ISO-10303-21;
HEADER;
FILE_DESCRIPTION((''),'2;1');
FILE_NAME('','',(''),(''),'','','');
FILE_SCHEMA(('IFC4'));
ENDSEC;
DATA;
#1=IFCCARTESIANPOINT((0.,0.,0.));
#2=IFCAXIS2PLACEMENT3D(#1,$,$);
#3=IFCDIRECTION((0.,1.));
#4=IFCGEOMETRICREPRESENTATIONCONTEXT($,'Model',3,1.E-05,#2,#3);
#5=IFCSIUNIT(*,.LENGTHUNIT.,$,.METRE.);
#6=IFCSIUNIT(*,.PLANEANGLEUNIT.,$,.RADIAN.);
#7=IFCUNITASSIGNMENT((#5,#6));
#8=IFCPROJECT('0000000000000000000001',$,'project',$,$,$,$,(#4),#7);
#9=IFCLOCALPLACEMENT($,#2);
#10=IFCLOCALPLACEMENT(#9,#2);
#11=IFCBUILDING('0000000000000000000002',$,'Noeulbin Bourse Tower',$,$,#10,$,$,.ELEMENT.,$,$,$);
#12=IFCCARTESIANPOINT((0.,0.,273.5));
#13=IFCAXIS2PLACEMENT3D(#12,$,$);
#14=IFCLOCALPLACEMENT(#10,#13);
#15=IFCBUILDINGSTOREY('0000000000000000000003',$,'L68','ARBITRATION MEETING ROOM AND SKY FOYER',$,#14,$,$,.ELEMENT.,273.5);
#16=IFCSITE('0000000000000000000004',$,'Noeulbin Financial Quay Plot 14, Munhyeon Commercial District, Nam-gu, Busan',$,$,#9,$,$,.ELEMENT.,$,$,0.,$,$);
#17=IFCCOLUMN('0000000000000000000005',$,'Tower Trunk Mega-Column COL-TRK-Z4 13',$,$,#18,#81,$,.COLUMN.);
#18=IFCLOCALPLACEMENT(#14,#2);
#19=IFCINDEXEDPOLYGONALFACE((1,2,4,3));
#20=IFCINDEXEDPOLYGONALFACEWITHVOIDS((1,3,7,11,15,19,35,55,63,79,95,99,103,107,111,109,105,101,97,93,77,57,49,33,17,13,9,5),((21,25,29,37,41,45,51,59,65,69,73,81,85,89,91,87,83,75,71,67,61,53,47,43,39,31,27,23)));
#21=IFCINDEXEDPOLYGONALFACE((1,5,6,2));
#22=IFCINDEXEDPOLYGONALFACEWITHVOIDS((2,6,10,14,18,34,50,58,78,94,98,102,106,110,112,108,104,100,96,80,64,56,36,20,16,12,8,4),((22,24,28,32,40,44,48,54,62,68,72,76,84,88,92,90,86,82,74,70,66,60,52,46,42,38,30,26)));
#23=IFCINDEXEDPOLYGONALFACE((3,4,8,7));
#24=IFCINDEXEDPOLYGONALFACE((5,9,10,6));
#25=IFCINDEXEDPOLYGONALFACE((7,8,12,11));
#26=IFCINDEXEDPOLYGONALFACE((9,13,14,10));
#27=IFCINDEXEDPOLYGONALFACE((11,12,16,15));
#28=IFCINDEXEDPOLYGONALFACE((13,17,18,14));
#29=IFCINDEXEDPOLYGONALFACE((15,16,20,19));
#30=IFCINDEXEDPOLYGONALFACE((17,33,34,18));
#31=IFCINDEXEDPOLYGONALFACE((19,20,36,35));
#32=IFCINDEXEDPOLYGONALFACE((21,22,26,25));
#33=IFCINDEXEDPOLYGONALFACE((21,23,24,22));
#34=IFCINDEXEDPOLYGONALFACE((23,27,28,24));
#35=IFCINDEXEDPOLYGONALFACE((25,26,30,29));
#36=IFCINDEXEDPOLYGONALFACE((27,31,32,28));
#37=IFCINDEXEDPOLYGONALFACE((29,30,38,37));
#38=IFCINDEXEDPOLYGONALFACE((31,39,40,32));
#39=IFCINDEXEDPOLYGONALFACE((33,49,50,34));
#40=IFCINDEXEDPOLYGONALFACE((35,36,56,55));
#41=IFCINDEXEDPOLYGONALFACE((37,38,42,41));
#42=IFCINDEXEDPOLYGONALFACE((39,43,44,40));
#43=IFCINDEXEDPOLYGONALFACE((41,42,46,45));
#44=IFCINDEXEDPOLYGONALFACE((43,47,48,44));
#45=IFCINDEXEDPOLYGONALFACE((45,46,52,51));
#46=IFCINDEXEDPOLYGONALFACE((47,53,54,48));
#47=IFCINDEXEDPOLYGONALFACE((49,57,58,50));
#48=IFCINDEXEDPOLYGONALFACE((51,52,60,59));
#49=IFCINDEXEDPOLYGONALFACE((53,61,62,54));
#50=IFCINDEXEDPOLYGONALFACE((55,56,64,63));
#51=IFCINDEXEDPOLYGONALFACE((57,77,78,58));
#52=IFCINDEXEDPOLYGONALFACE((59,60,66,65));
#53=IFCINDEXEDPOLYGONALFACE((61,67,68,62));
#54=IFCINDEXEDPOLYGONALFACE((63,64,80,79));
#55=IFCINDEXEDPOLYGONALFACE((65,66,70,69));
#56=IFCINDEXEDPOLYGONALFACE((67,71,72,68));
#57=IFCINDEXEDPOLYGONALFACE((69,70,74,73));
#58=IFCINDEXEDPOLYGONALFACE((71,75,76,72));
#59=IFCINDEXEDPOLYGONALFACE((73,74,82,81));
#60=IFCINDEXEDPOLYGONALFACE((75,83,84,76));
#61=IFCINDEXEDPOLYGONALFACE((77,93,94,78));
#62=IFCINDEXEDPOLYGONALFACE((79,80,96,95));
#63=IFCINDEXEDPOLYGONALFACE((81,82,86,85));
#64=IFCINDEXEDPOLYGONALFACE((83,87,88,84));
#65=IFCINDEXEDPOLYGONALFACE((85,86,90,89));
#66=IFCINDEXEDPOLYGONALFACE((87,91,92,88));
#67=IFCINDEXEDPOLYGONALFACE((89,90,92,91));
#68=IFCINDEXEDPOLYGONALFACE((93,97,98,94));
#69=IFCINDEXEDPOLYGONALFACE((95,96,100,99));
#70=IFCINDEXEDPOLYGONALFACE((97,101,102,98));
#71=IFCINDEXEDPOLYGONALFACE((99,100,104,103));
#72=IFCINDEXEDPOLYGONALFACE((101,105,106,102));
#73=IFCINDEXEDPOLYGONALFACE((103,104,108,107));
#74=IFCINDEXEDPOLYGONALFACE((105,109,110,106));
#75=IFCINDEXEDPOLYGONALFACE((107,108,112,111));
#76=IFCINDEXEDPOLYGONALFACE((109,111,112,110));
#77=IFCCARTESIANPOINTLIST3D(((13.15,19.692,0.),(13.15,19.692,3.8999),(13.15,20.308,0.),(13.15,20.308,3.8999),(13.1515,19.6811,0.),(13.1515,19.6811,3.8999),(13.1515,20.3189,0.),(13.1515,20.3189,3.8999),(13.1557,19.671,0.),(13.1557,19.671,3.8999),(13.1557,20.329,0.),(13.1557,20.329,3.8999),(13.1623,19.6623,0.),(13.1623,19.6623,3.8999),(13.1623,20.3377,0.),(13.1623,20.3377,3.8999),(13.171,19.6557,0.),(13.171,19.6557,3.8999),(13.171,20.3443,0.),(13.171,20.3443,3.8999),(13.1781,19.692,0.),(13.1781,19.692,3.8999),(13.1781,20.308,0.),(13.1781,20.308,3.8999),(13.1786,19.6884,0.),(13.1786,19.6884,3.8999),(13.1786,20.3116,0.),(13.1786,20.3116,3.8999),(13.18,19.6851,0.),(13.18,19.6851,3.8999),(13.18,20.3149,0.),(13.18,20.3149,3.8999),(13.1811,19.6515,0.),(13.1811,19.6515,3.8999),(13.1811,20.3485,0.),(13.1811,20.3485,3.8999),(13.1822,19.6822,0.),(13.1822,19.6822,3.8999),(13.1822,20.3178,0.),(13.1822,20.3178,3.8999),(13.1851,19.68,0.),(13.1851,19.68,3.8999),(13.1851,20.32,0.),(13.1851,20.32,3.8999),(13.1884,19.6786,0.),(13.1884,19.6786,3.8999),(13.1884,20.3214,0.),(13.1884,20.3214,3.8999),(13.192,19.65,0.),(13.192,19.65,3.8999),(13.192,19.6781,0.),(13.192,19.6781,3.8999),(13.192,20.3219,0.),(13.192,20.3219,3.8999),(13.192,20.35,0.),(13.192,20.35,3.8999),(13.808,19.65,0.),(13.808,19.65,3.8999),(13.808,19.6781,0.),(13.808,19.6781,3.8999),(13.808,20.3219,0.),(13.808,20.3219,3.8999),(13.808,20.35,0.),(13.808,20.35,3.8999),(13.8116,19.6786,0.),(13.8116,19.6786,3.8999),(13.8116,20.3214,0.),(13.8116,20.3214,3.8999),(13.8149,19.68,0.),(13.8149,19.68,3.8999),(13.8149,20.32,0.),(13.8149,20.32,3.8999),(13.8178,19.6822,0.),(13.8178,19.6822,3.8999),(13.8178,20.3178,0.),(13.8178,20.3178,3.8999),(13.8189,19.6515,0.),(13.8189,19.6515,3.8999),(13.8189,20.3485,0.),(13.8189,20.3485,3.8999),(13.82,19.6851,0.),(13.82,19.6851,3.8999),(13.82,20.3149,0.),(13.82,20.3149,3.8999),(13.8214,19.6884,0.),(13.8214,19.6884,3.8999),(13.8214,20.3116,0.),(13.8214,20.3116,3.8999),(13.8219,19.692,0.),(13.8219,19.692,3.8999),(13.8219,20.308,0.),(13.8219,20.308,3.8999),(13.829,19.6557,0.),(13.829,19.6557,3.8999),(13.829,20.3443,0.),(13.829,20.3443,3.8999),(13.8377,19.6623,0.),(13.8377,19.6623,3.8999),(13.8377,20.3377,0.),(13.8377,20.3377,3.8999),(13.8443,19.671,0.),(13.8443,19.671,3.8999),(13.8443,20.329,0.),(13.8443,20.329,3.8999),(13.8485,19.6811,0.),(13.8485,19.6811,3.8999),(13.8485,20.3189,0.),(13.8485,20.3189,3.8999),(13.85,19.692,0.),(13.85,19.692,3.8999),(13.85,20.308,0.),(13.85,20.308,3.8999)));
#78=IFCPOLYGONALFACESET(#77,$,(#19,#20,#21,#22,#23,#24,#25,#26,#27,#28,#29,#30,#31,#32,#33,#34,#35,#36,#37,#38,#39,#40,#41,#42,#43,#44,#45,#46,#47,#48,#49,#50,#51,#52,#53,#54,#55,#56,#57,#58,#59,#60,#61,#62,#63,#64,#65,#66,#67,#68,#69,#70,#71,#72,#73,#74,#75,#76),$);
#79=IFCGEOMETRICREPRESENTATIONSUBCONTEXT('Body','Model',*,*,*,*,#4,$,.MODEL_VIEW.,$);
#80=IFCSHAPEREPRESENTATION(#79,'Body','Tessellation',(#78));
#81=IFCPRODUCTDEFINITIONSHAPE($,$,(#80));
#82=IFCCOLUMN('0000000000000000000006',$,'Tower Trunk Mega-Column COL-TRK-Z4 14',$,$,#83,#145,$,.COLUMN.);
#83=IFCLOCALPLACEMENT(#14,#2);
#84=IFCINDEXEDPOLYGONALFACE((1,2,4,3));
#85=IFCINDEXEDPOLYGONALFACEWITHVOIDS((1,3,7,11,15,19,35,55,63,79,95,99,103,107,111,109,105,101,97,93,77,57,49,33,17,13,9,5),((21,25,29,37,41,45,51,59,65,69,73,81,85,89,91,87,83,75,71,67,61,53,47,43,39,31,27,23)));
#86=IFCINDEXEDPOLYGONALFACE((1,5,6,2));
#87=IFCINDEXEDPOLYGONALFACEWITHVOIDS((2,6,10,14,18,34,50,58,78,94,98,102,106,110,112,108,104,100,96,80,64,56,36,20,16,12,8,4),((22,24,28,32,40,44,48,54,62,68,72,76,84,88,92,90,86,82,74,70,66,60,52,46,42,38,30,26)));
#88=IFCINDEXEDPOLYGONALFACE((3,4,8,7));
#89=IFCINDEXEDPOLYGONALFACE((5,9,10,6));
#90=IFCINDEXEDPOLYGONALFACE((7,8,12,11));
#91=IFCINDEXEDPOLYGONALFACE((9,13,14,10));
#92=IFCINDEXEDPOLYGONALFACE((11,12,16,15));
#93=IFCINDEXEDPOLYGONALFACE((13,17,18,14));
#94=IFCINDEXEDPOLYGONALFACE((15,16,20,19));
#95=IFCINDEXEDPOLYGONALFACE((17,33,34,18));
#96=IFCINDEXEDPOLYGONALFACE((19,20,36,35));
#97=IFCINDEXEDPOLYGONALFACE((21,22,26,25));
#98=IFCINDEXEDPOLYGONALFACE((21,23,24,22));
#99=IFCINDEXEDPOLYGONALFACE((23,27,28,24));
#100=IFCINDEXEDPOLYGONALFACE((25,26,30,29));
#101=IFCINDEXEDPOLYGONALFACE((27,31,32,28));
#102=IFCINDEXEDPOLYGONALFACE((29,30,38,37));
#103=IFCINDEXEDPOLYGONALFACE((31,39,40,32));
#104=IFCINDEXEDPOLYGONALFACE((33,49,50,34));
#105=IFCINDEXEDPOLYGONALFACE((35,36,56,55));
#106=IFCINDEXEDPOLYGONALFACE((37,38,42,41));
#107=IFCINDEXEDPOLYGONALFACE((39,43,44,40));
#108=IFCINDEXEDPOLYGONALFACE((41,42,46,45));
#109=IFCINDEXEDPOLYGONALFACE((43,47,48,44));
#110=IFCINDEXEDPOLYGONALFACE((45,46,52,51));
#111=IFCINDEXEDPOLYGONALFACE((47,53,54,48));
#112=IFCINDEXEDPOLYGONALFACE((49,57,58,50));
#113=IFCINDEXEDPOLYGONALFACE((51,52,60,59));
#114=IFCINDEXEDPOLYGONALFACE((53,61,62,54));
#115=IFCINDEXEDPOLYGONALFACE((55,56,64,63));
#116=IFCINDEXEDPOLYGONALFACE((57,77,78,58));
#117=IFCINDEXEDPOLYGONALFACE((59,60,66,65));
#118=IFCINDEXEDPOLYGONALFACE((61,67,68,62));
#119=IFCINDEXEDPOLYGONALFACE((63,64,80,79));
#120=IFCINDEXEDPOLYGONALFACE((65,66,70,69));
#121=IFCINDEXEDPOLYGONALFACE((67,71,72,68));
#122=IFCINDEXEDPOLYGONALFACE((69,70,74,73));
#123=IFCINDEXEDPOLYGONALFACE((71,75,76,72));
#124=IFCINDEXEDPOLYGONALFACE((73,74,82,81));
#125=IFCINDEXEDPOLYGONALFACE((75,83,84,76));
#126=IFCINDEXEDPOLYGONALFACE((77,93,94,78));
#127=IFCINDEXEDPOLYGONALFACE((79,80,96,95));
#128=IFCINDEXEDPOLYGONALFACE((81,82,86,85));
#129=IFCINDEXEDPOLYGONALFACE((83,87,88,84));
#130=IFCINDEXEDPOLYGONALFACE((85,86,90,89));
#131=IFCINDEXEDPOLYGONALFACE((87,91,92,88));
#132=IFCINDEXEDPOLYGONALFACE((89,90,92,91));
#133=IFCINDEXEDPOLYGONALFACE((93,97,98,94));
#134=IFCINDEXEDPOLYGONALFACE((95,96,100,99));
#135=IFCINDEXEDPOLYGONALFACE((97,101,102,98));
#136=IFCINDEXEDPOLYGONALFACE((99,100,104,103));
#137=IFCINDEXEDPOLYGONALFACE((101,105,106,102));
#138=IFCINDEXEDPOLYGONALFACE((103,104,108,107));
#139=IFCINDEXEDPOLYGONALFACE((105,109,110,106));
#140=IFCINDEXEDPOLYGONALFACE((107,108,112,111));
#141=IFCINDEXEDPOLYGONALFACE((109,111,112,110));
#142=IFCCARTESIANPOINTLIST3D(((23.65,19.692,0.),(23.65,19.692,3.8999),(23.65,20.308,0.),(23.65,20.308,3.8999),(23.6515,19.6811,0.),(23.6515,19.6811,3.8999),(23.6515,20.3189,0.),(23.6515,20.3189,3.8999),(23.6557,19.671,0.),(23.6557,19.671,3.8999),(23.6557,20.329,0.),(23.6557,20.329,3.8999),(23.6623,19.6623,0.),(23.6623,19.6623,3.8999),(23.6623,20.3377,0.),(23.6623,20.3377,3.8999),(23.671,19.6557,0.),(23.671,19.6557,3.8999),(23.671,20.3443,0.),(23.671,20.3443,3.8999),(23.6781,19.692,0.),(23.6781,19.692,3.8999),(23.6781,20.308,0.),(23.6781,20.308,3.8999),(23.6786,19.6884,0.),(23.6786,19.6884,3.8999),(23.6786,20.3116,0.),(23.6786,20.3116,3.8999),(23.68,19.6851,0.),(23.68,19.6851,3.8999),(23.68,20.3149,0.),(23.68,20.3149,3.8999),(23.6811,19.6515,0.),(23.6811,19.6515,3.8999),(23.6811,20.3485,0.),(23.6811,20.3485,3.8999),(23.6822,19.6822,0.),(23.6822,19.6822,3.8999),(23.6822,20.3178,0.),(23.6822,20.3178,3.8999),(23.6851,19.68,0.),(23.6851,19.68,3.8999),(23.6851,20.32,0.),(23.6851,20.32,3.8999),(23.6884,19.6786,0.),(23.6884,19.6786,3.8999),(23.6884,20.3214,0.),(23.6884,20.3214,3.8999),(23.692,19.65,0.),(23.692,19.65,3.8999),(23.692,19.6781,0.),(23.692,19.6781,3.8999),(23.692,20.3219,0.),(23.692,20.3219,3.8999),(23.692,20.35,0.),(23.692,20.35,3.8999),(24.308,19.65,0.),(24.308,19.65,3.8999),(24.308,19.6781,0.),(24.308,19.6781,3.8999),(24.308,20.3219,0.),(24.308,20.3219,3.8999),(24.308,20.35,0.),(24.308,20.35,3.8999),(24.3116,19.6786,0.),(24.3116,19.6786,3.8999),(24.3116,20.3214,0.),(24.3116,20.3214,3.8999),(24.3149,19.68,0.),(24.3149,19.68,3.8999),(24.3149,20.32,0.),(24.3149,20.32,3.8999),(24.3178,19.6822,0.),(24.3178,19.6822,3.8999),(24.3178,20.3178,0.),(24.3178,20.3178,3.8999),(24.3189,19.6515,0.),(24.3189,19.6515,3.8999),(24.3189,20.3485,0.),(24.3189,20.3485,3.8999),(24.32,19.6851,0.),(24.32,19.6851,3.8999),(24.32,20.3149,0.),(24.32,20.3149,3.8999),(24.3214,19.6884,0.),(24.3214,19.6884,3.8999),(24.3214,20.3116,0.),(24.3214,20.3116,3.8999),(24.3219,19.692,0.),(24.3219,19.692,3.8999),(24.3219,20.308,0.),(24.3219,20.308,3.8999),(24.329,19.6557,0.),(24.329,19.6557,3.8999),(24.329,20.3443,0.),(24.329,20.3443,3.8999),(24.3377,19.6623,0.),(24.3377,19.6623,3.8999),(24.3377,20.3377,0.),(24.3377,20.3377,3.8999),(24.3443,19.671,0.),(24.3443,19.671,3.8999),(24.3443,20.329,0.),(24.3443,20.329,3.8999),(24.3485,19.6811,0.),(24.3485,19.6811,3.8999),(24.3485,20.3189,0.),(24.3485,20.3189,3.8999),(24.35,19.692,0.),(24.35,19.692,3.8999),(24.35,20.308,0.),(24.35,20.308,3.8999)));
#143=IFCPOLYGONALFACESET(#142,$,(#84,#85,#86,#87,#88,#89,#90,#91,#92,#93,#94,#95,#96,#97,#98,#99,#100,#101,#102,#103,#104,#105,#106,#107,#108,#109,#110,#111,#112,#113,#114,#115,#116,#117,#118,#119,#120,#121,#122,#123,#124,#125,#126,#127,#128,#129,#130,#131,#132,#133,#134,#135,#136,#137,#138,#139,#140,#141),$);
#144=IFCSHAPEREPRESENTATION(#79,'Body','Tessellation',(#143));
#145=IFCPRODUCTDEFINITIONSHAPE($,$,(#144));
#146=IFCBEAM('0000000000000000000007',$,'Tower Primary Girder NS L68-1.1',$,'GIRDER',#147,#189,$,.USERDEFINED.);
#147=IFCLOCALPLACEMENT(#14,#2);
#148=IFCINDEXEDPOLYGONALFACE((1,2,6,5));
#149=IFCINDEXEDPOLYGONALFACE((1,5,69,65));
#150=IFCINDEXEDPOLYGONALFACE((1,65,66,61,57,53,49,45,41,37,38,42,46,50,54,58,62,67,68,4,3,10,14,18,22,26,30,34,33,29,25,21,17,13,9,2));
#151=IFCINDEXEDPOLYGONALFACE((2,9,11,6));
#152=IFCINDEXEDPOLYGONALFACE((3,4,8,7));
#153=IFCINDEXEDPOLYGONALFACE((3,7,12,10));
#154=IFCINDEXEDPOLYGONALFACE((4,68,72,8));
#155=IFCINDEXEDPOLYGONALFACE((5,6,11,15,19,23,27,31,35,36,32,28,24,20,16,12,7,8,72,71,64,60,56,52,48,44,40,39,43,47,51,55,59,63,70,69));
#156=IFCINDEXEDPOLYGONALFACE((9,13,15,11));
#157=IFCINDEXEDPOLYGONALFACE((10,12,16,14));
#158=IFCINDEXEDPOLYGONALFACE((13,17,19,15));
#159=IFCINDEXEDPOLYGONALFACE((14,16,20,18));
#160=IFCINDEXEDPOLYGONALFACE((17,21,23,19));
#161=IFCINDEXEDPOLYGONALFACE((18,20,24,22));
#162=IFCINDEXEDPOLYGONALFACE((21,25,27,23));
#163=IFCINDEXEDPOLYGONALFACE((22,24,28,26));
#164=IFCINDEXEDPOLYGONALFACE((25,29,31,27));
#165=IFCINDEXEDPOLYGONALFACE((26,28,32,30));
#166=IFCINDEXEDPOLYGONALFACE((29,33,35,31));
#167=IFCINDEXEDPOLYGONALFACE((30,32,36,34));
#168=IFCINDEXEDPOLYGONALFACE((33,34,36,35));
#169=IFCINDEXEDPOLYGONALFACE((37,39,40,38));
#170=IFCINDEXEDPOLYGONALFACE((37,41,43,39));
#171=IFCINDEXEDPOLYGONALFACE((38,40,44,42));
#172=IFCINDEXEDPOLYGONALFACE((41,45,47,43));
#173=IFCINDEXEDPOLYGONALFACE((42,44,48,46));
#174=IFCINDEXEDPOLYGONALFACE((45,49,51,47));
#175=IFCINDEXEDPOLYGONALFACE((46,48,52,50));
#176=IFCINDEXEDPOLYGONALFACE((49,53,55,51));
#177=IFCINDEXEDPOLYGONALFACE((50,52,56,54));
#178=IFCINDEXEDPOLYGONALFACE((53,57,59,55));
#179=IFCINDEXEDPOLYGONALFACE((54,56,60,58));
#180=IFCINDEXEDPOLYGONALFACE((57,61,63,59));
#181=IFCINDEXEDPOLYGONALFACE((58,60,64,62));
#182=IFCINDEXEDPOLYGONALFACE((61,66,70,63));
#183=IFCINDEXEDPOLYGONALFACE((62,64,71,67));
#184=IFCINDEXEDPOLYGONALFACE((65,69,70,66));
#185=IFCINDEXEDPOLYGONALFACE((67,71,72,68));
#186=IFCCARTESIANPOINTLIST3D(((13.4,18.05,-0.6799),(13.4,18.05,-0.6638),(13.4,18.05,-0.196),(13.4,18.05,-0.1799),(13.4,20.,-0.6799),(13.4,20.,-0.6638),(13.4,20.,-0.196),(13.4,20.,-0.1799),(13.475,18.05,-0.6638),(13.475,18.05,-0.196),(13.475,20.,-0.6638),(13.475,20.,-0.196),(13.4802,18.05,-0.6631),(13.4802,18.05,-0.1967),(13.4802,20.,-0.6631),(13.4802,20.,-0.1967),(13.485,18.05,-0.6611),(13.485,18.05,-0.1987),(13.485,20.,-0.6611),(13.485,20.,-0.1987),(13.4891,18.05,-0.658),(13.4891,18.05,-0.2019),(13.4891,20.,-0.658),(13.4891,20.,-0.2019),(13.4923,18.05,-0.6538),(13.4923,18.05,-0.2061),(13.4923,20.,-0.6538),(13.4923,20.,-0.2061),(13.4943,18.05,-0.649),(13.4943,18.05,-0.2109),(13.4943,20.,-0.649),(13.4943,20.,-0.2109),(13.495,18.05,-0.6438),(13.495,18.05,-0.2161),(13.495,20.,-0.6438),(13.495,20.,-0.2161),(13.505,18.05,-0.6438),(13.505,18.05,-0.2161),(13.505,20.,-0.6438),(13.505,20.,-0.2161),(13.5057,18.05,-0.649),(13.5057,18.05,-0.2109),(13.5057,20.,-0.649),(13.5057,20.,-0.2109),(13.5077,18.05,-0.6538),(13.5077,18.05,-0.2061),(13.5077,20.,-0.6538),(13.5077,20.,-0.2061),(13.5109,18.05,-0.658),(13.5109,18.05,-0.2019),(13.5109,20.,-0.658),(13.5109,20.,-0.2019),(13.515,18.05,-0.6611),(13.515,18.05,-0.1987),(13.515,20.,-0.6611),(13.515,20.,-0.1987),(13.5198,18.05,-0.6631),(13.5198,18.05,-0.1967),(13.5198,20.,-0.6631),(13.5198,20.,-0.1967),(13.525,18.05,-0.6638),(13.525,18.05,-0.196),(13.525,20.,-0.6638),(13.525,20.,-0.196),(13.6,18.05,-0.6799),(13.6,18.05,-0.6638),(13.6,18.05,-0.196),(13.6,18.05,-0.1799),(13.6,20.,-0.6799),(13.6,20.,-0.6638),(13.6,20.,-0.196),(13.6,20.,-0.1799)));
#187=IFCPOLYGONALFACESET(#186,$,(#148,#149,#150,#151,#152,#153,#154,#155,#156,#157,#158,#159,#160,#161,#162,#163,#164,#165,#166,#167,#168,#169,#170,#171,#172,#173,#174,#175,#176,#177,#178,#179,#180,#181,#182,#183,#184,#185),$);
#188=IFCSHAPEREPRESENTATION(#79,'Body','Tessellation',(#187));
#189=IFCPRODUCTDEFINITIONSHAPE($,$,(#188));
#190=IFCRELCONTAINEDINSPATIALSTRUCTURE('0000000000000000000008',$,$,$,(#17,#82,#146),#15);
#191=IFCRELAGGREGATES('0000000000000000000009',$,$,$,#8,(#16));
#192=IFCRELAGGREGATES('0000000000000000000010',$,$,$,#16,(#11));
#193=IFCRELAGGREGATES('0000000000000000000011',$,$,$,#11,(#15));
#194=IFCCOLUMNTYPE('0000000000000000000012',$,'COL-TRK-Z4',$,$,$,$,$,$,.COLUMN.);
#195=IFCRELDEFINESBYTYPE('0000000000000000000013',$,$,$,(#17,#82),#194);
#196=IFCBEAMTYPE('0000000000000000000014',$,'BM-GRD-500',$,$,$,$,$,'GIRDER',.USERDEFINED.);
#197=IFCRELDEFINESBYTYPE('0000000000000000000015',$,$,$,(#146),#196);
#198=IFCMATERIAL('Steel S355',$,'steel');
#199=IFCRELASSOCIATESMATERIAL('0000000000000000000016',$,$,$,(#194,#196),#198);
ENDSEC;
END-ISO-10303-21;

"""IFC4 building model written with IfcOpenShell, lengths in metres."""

from ifc_helpers import new_model, si_unit, direction, frame, origin, origin_2d, place, context, subcontext, project, spatial, hollow_rectangle, i_section, extrude, material, material_profile, profile_set, type_object, element, save


model = new_model("IFC4")

# Units and contexts
model_context = context("Model", 3, precision=1e-05, world=origin(), true_north=direction((0.0, 1.0)))
body_context = subcontext(model_context, "Body", "Model", "MODEL_VIEW")
ifc_project = project(units=[si_unit("LENGTHUNIT", "METRE"), si_unit("PLANEANGLEUNIT", "RADIAN")], contexts=[model_context])

# Site, building, storey
site_placement = place(None, origin())
site = spatial("IfcSite", under=ifc_project, at=site_placement, Name="Noeulbin Financial Quay Plot 14, Munhyeon Commercial District, Nam-gu, Busan", CompositionType="ELEMENT", RefElevation=0.0)
building_placement = place(site_placement, origin())
building = spatial("IfcBuilding", under=site, at=building_placement, Name="Noeulbin Bourse Tower", CompositionType="ELEMENT")
storey_placement = place(building_placement, frame((0.0, 0.0, 273.5)))
storey = spatial("IfcBuildingStorey", under=building, at=storey_placement, Name="L68", Description="ARBITRATION MEETING ROOM AND SKY FOYER", CompositionType="ELEMENT", Elevation=273.5)

# Columns
ifc_material_1 = material(Name="Steel S355", Category="steel")
ifc_material_profile_1 = material_profile(ifc_material_1, hollow_rectangle(XDim=0.7, YDim=0.7, WallThickness=0.0281, InnerFilletRadius=0.0139, OuterFilletRadius=0.042, at=origin_2d()), Name="BOX-700x700x28", Category="LoadBearing")
ifc_profile_set_1 = profile_set([ifc_material_profile_1], Name="Steel S355")
column_type = type_object("IfcColumnType", Name="COL-TRK-Z4", PredefinedType="COLUMN", material=ifc_profile_set_1)
for number, where, z_axis, x_axis, name in (
    (1, (13.5, 20.0, 0.0), (0.0, 0.0, 1.0), (1.0, 0.0, 0.0), "Tower Trunk Mega-Column COL-TRK-Z4 13"),
    (2, (24.0, 20.0, 0.0), (0.0, 0.0, 1.0), (1.0, 0.0, 0.0), "Tower Trunk Mega-Column COL-TRK-Z4 14"),
):
    element("IfcColumn", number, at=place(storey_placement, frame(where, z_axis=z_axis, x_axis=x_axis)), inside=storey, type_object=column_type, Name=name, PredefinedType="COLUMN", context=body_context, shape_type="SweptSolid", body=[
        extrude(hollow_rectangle(XDim=0.7, YDim=0.7, WallThickness=0.0281, InnerFilletRadius=0.0139, OuterFilletRadius=0.042, at=origin_2d()), origin(), (0.0, 0.0, 1.0), 3.8999),
    ])

# Beam
ifc_material_profile_2 = material_profile(ifc_material_1, i_section(OverallWidth=0.2, OverallDepth=0.5, WebThickness=0.01, FlangeThickness=0.0161, FilletRadius=0.02, at=origin_2d()), Name="H-500x200x10x16", Category="LoadBearing")
ifc_profile_set_2 = profile_set([ifc_material_profile_2], Name="Steel S355")
beam_type_1 = type_object("IfcBeamType", Name="BM-GRD-500", ElementType="GIRDER", PredefinedType="USERDEFINED", material=ifc_profile_set_2)
beam_1_placement = place(storey_placement, frame((13.5, 18.05, -0.4299), z_axis=(0.0, 1.0, 0.0), x_axis=(-1.0, 0.0, 0.0)))
element("IfcBeam", 3, at=beam_1_placement, inside=storey, type_object=beam_type_1, Name="Tower Primary Girder NS L68-1.1", ObjectType="GIRDER", PredefinedType="USERDEFINED", context=body_context, shape_type="SweptSolid", body=[
    extrude(i_section(OverallWidth=0.2, OverallDepth=0.5, WebThickness=0.01, FlangeThickness=0.0161, FilletRadius=0.02, at=origin_2d()), origin(), (0.0, 0.0, 1.0), 1.95),
])

save(model, "model.ifc")
